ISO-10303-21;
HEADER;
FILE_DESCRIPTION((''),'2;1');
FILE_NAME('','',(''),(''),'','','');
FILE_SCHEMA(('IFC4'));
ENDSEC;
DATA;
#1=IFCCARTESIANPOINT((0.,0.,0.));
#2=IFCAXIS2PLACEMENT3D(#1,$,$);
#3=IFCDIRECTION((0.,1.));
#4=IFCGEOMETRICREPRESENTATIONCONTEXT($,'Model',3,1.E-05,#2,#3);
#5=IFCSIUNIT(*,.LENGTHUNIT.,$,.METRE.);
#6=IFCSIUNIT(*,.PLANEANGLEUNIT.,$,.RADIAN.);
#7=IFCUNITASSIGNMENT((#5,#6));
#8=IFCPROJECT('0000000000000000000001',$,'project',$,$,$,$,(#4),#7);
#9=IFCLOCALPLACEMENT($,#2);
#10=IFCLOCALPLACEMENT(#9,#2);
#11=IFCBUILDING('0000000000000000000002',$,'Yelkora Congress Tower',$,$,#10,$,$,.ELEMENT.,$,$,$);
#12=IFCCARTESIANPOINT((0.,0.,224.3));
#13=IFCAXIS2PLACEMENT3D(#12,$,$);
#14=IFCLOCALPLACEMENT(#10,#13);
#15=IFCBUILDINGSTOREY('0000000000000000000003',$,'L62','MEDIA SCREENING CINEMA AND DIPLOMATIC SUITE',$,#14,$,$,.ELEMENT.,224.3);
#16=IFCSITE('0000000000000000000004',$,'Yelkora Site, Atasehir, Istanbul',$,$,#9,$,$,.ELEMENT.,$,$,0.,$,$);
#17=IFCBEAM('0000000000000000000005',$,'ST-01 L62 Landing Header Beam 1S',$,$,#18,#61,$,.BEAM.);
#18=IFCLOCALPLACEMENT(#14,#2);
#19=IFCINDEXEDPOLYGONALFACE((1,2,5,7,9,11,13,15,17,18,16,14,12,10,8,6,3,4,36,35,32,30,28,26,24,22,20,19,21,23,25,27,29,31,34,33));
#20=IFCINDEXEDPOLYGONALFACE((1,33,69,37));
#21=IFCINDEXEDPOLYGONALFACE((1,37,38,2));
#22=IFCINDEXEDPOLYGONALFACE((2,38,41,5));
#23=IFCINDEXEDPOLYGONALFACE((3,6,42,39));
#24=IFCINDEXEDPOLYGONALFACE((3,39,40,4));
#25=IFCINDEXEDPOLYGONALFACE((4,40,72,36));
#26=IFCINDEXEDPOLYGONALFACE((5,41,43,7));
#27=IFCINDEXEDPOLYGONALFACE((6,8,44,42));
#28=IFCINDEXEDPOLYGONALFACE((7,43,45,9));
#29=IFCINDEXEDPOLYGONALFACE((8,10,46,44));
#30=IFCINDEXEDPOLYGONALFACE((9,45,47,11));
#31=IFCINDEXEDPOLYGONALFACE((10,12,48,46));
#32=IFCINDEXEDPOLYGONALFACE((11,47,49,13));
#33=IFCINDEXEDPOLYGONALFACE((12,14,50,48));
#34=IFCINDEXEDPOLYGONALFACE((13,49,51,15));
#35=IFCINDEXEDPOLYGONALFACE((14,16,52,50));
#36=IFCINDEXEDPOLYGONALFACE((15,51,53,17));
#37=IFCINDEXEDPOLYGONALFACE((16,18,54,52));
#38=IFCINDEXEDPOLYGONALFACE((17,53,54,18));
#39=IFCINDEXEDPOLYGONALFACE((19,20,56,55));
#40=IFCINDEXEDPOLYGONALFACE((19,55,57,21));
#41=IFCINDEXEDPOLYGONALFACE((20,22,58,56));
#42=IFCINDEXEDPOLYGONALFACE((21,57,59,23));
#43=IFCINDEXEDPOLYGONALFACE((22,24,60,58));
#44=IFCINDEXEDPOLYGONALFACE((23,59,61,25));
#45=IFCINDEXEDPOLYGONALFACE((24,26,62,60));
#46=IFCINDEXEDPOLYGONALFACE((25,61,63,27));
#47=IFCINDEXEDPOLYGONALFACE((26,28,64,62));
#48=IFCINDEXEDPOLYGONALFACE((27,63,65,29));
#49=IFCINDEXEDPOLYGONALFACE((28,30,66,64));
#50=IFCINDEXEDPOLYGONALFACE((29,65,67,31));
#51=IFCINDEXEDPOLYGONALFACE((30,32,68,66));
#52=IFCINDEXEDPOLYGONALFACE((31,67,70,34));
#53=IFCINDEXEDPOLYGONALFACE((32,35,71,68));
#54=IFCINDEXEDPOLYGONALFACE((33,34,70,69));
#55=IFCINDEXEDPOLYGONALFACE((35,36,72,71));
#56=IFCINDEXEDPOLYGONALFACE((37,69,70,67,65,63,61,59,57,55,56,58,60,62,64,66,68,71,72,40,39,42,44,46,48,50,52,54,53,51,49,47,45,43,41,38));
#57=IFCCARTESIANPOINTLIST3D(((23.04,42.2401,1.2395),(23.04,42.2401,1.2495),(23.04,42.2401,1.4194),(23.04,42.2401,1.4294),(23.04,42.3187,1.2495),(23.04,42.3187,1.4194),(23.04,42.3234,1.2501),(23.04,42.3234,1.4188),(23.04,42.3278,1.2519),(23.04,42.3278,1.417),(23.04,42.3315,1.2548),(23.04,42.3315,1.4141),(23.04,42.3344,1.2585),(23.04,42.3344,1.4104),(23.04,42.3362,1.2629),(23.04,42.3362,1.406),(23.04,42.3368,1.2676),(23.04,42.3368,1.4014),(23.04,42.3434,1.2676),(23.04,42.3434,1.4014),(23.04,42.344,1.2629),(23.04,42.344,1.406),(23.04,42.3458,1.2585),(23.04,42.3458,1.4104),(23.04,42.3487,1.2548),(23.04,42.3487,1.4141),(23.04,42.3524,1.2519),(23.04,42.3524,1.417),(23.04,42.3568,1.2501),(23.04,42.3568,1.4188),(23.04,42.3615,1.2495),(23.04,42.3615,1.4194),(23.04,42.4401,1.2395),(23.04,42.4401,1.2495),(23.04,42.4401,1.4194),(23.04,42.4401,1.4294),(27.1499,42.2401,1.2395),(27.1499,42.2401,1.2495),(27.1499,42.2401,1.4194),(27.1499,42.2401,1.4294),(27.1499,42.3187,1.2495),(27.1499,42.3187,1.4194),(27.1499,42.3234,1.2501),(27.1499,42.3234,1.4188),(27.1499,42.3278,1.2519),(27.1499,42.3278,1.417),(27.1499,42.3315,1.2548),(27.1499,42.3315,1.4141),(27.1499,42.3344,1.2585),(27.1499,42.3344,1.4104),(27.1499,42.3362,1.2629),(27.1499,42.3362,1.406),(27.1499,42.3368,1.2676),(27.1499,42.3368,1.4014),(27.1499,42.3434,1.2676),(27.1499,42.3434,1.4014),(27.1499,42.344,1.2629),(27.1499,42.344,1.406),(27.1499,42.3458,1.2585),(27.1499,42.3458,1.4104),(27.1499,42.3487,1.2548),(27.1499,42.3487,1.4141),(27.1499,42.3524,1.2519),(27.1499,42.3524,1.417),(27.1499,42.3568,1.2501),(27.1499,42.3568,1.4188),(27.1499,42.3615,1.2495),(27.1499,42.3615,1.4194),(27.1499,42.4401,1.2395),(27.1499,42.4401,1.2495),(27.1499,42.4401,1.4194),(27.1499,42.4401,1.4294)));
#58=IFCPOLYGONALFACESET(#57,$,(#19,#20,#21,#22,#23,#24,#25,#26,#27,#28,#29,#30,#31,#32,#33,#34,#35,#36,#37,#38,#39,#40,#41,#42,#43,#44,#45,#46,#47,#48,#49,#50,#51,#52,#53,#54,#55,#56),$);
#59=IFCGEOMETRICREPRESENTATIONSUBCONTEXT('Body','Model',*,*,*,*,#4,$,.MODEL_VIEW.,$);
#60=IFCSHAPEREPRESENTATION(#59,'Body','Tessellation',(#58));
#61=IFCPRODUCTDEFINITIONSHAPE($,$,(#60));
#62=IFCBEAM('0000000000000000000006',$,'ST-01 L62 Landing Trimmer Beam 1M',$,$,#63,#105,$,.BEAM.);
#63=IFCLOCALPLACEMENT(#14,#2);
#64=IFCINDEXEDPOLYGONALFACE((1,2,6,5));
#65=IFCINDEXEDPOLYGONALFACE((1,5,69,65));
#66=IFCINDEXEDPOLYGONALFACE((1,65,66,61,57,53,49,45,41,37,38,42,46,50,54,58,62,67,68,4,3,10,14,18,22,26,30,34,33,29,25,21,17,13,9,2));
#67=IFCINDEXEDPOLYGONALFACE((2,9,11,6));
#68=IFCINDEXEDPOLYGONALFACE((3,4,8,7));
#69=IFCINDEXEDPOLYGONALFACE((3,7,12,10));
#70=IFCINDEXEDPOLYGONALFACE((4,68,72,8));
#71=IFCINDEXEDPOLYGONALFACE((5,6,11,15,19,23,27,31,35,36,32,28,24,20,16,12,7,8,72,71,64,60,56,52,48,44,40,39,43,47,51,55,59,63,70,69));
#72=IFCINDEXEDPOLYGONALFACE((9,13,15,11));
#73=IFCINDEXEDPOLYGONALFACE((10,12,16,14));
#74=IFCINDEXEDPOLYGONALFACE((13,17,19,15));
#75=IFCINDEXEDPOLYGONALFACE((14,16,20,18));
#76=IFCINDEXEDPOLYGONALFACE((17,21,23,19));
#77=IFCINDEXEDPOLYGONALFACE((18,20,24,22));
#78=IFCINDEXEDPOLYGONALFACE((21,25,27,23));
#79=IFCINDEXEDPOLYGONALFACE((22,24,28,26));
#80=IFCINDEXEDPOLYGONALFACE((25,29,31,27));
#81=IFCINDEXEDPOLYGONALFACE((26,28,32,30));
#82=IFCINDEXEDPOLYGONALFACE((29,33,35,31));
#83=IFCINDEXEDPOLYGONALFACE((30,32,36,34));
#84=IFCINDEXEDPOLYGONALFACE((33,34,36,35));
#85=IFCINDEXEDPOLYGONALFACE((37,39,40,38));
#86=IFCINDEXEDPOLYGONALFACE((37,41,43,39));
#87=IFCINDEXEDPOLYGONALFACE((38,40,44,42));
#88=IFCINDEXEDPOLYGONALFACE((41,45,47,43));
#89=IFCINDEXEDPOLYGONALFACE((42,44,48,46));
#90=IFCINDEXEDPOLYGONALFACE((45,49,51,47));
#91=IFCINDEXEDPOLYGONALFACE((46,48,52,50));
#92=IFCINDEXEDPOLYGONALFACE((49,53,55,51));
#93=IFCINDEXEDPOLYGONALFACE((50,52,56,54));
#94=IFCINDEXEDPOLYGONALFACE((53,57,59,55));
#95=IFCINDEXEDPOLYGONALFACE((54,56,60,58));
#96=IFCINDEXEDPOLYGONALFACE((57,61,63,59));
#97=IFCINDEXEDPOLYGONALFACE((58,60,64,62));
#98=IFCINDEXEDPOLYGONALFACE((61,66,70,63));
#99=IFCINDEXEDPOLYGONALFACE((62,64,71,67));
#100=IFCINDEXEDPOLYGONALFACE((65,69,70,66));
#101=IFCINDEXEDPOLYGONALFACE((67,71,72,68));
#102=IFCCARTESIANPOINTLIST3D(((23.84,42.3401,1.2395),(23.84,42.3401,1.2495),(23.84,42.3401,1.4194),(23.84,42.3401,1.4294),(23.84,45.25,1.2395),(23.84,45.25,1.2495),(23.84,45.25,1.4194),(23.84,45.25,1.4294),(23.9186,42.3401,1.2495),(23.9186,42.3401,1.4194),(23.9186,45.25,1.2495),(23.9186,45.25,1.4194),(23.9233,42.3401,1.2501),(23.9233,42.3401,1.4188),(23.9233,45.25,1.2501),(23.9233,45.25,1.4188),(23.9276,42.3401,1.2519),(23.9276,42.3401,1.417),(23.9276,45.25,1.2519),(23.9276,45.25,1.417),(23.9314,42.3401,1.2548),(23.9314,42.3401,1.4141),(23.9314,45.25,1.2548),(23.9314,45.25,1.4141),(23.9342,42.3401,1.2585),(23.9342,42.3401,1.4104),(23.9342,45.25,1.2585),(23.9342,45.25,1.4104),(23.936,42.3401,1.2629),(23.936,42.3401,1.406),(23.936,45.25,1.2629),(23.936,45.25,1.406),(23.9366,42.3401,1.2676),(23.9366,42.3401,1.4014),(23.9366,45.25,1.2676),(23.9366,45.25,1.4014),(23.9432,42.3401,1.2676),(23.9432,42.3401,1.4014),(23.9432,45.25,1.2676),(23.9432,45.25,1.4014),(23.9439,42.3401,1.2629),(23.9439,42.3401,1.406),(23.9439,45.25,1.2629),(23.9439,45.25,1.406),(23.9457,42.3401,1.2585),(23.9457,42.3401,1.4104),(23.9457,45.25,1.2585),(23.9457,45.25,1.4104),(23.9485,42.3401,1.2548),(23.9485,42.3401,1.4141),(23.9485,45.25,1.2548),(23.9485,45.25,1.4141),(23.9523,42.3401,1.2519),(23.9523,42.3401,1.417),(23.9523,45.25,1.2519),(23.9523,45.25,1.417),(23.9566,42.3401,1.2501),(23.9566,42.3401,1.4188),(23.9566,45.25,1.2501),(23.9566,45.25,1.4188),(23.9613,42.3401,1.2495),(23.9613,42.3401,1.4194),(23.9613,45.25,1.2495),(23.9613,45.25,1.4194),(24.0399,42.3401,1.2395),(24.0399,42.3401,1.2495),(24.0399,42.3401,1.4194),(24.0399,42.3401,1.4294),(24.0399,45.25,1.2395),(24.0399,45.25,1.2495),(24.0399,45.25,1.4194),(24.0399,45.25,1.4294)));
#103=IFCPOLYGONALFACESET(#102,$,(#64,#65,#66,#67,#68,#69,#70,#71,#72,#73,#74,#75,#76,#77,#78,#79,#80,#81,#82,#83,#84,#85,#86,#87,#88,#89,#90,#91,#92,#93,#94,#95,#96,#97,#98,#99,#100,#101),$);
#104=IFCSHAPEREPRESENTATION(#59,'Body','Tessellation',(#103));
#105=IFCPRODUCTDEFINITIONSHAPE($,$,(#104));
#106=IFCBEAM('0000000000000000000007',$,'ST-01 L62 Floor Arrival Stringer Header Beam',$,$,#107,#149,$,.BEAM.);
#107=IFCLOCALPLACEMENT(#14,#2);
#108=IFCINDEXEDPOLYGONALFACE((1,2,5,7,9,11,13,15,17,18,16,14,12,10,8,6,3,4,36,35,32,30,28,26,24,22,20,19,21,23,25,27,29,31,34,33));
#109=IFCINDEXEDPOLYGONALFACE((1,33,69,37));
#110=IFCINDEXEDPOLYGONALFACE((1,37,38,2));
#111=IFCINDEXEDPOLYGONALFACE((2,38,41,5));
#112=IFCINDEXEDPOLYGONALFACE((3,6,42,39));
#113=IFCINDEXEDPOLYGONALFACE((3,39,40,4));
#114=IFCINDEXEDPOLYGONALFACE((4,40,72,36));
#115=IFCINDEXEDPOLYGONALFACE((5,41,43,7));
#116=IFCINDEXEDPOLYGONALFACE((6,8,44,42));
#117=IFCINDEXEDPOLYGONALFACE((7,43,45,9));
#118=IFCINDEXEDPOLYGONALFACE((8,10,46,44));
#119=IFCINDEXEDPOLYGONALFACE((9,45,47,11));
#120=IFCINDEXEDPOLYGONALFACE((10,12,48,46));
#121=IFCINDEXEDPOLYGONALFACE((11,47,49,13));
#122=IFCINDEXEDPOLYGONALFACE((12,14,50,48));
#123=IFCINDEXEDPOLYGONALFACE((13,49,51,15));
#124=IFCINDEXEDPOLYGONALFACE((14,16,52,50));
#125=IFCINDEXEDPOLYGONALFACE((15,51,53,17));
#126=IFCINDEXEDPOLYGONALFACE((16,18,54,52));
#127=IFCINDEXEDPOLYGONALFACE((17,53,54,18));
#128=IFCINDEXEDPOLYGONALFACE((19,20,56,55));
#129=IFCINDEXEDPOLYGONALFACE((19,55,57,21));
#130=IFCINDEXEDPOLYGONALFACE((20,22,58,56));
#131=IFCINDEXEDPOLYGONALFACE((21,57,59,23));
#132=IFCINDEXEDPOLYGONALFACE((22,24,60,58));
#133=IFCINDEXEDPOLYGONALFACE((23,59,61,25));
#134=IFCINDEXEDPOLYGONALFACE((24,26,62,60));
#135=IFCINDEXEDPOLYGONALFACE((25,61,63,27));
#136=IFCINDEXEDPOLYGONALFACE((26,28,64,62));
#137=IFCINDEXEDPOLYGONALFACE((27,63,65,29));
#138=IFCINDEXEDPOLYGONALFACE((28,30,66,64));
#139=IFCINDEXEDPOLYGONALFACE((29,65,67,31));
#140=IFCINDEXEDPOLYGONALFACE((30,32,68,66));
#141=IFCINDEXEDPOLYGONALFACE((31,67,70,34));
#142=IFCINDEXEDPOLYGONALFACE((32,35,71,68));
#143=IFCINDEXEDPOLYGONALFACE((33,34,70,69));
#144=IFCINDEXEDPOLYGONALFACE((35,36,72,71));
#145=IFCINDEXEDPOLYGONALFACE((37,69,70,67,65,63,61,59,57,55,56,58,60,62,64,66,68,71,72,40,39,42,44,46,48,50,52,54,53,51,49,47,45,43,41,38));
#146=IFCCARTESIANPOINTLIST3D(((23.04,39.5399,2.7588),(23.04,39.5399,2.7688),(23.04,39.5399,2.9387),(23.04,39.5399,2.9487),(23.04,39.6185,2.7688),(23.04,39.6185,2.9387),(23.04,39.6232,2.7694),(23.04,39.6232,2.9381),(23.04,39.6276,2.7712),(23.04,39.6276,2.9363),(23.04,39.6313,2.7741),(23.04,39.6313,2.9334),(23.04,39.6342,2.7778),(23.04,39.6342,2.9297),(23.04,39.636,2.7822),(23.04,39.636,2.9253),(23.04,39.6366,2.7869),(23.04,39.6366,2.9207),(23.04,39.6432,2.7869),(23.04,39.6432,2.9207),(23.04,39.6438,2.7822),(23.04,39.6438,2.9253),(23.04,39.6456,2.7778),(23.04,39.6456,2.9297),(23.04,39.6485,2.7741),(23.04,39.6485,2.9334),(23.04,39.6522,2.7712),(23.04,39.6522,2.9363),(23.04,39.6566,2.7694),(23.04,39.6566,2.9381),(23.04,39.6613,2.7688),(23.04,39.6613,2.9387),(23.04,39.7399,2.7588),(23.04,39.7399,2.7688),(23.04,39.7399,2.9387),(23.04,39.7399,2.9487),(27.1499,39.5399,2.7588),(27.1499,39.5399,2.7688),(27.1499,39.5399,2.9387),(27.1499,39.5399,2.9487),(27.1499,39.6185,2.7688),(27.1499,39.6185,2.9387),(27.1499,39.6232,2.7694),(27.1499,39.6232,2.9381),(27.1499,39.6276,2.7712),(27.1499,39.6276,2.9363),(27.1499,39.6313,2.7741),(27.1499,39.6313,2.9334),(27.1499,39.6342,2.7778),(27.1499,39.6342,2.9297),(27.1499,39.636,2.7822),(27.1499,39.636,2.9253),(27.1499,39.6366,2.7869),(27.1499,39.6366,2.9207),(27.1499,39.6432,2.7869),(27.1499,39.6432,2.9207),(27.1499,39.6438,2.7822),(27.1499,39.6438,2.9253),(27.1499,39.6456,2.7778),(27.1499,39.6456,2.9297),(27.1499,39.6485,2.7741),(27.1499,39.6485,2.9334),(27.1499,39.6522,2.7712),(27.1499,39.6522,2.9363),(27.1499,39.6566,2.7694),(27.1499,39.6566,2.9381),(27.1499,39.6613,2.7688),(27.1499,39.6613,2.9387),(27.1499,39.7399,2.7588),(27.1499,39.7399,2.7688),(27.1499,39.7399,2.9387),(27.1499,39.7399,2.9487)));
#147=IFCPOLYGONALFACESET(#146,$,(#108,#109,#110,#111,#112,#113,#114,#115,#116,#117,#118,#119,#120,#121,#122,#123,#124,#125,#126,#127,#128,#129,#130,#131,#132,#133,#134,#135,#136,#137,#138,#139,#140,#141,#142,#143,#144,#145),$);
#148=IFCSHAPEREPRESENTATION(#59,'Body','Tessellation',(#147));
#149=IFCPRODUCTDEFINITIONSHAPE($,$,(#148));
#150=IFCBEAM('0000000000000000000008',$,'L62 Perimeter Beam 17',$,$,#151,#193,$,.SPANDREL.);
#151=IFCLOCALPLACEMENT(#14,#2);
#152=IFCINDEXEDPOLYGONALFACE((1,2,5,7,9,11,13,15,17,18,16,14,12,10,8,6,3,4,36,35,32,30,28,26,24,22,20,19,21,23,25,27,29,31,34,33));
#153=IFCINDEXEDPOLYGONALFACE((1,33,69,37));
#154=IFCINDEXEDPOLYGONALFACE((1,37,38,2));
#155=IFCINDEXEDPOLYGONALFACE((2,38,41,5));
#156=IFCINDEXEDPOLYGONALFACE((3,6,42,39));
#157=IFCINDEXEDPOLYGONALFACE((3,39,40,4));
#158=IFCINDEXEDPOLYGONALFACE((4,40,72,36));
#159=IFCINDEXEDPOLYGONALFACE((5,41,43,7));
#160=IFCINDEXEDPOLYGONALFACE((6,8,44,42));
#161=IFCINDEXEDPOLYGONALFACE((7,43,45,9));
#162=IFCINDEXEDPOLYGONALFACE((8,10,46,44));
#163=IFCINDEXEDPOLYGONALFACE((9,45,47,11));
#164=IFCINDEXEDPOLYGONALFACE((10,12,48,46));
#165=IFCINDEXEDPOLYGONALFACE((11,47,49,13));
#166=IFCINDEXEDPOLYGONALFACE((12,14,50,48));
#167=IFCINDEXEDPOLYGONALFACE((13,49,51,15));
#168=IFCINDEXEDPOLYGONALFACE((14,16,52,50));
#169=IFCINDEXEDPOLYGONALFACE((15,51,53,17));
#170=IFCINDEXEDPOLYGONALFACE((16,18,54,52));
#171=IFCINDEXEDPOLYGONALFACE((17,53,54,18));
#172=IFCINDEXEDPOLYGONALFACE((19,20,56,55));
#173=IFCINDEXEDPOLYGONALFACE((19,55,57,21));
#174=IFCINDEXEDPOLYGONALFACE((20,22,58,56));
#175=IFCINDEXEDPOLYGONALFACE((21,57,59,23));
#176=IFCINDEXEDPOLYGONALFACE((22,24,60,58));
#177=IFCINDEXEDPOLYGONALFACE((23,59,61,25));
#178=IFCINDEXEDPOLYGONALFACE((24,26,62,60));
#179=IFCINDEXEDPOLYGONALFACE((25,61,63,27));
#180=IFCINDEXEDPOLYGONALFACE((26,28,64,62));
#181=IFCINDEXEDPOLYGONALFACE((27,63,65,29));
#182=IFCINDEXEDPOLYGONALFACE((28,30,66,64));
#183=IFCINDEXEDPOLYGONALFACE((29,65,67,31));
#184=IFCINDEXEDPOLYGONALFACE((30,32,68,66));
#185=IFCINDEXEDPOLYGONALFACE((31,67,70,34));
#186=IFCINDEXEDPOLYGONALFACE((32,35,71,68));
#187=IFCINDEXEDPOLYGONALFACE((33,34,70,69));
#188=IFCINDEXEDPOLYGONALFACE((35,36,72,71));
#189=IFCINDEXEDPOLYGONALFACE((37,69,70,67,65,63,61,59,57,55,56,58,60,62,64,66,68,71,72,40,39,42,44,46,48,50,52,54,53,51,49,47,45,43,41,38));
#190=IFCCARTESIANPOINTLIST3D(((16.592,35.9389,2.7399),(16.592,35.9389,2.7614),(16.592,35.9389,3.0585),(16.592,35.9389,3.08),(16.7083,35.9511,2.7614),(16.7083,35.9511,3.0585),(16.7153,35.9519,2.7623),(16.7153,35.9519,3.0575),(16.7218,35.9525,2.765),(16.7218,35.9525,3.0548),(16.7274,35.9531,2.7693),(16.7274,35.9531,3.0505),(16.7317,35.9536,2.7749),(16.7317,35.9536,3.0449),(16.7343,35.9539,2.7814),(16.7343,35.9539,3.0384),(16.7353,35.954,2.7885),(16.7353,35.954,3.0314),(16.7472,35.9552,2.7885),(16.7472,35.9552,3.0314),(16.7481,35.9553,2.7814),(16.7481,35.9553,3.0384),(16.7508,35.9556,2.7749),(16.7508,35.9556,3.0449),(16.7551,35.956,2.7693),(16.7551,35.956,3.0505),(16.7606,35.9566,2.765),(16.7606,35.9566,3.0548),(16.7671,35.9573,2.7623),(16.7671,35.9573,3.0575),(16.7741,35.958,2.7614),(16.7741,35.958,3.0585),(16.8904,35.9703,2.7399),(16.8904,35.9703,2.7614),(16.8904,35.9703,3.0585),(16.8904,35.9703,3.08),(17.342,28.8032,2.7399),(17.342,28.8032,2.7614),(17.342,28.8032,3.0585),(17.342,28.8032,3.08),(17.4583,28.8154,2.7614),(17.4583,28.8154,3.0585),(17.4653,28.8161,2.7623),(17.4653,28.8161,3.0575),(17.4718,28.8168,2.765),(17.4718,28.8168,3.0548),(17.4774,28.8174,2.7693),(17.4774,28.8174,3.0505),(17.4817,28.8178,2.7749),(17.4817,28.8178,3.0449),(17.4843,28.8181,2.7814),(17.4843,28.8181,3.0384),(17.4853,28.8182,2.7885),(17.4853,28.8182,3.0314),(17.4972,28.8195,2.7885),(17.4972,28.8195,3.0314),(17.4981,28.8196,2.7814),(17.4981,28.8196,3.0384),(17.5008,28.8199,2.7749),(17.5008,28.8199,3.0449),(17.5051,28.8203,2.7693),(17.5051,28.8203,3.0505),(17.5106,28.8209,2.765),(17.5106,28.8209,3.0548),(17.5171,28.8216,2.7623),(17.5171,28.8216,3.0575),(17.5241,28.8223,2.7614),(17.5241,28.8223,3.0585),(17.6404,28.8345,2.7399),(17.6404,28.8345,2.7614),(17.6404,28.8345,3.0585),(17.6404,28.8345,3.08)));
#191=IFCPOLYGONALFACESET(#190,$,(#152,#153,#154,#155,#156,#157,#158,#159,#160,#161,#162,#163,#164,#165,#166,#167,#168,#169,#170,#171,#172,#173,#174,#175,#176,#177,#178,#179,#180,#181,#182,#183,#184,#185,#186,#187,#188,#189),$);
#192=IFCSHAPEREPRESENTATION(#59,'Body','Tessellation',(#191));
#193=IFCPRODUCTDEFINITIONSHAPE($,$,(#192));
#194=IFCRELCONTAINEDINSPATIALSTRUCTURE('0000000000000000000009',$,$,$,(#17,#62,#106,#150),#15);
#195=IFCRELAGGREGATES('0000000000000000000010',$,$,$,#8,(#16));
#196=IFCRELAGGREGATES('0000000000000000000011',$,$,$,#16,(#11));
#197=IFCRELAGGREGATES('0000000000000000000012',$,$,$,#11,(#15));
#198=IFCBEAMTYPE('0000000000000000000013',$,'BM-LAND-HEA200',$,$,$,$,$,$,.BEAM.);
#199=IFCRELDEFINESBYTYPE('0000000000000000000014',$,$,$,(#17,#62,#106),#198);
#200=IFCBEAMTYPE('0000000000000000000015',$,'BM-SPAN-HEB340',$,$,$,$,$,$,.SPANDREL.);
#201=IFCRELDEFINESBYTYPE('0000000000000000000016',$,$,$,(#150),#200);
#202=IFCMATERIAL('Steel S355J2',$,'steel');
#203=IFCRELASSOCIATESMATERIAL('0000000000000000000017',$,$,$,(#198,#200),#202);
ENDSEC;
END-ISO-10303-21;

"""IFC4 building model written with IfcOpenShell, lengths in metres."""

from ifc_helpers import new_model, si_unit, direction, frame, origin, origin_2d, place, context, subcontext, project, spatial, i_section, extrude, material, material_profile, profile_set, type_object, element, save


model = new_model("IFC4")

# Units and contexts
model_context = context("Model", 3, precision=1e-05, world=origin(), true_north=direction((0.0, 1.0)))
body_context = subcontext(model_context, "Body", "Model", "MODEL_VIEW")
ifc_project = project(units=[si_unit("LENGTHUNIT", "METRE"), si_unit("PLANEANGLEUNIT", "RADIAN")], contexts=[model_context])

# Site, building, storey
site_placement = place(None, origin())
site = spatial("IfcSite", under=ifc_project, at=site_placement, Name="Yelkora Site, Atasehir, Istanbul", CompositionType="ELEMENT", RefElevation=0.0)
building_placement = place(site_placement, origin())
building = spatial("IfcBuilding", under=site, at=building_placement, Name="Yelkora Congress Tower", CompositionType="ELEMENT")
storey_placement = place(building_placement, frame((0.0, 0.0, 224.3)))
storey = spatial("IfcBuildingStorey", under=building, at=storey_placement, Name="L62", Description="MEDIA SCREENING CINEMA AND DIPLOMATIC SUITE", CompositionType="ELEMENT", Elevation=224.3)

# Shared definitions
ifc_material_1 = material(Name="Steel S355J2", Category="steel")

# Beams
ifc_material_profile_1 = material_profile(ifc_material_1, i_section(OverallWidth=0.2, OverallDepth=0.1899, WebThickness=0.0066, FlangeThickness=0.01, FilletRadius=0.0181, at=origin_2d()), Name="HEA 200")
ifc_profile_set_1 = profile_set([ifc_material_profile_1], Name="Steel S355J2")
beam_type_1 = type_object("IfcBeamType", Name="BM-LAND-HEA200", PredefinedType="BEAM", material=ifc_profile_set_1)
beam_1_placement = place(storey_placement, frame((23.04, 42.3401, 1.3345), z_axis=(1.0, 0.0, 0.0), x_axis=(0.0, 1.0, 0.0)))
element("IfcBeam", 1, at=beam_1_placement, inside=storey, type_object=beam_type_1, Name="ST-01 L62 Landing Header Beam 1S", PredefinedType="BEAM", context=body_context, shape_type="SweptSolid", body=[
    extrude(i_section(OverallWidth=0.2, OverallDepth=0.1899, WebThickness=0.0066, FlangeThickness=0.01, FilletRadius=0.0181, at=origin_2d()), origin(), (0.0, 0.0, 1.0), 4.1099),
])
beam_2_placement = place(storey_placement, frame((23.9399, 42.3401, 1.3345), z_axis=(0.0, 1.0, 0.0), x_axis=(-1.0, 0.0, 0.0)))
element("IfcBeam", 2, at=beam_2_placement, inside=storey, type_object=beam_type_1, Name="ST-01 L62 Landing Trimmer Beam 1M", PredefinedType="BEAM", context=body_context, shape_type="SweptSolid", body=[
    extrude(i_section(OverallWidth=0.2, OverallDepth=0.1899, WebThickness=0.0066, FlangeThickness=0.01, FilletRadius=0.0181, at=origin_2d()), origin(), (0.0, 0.0, 1.0), 2.9099),
])
beam_3_placement = place(storey_placement, frame((23.04, 39.6399, 2.8538), z_axis=(1.0, 0.0, 0.0), x_axis=(0.0, 1.0, 0.0)))
element("IfcBeam", 3, at=beam_3_placement, inside=storey, type_object=beam_type_1, Name="ST-01 L62 Floor Arrival Stringer Header Beam", PredefinedType="BEAM", context=body_context, shape_type="SweptSolid", body=[
    extrude(i_section(OverallWidth=0.2, OverallDepth=0.1899, WebThickness=0.0066, FlangeThickness=0.01, FilletRadius=0.0181, at=origin_2d()), origin(), (0.0, 0.0, 1.0), 4.1099),
])
ifc_material_profile_2 = material_profile(ifc_material_1, i_section(OverallWidth=0.3, OverallDepth=0.3401, WebThickness=0.012, FlangeThickness=0.0215, FilletRadius=0.0271, at=origin_2d()), Name="HEB 340")
ifc_profile_set_2 = profile_set([ifc_material_profile_2], Name="Steel S355J2")
beam_type_2 = type_object("IfcBeamType", Name="BM-SPAN-HEB340", PredefinedType="SPANDREL", material=ifc_profile_set_2)
beam_4_placement = place(storey_placement, frame((16.7412, 35.9546, 2.9099), z_axis=(0.104529, -0.994522, 0.0), x_axis=(0.994522, 0.104529, 0.0)))
element("IfcBeam", 4, at=beam_4_placement, inside=storey, type_object=beam_type_2, Name="L62 Perimeter Beam 17", PredefinedType="SPANDREL", context=body_context, shape_type="SweptSolid", body=[
    extrude(i_section(OverallWidth=0.3, OverallDepth=0.3401, WebThickness=0.012, FlangeThickness=0.0215, FilletRadius=0.0271, at=origin_2d()), origin(), (0.0, 0.0, 1.0), 7.175),
])

save(model, "model.ifc")
